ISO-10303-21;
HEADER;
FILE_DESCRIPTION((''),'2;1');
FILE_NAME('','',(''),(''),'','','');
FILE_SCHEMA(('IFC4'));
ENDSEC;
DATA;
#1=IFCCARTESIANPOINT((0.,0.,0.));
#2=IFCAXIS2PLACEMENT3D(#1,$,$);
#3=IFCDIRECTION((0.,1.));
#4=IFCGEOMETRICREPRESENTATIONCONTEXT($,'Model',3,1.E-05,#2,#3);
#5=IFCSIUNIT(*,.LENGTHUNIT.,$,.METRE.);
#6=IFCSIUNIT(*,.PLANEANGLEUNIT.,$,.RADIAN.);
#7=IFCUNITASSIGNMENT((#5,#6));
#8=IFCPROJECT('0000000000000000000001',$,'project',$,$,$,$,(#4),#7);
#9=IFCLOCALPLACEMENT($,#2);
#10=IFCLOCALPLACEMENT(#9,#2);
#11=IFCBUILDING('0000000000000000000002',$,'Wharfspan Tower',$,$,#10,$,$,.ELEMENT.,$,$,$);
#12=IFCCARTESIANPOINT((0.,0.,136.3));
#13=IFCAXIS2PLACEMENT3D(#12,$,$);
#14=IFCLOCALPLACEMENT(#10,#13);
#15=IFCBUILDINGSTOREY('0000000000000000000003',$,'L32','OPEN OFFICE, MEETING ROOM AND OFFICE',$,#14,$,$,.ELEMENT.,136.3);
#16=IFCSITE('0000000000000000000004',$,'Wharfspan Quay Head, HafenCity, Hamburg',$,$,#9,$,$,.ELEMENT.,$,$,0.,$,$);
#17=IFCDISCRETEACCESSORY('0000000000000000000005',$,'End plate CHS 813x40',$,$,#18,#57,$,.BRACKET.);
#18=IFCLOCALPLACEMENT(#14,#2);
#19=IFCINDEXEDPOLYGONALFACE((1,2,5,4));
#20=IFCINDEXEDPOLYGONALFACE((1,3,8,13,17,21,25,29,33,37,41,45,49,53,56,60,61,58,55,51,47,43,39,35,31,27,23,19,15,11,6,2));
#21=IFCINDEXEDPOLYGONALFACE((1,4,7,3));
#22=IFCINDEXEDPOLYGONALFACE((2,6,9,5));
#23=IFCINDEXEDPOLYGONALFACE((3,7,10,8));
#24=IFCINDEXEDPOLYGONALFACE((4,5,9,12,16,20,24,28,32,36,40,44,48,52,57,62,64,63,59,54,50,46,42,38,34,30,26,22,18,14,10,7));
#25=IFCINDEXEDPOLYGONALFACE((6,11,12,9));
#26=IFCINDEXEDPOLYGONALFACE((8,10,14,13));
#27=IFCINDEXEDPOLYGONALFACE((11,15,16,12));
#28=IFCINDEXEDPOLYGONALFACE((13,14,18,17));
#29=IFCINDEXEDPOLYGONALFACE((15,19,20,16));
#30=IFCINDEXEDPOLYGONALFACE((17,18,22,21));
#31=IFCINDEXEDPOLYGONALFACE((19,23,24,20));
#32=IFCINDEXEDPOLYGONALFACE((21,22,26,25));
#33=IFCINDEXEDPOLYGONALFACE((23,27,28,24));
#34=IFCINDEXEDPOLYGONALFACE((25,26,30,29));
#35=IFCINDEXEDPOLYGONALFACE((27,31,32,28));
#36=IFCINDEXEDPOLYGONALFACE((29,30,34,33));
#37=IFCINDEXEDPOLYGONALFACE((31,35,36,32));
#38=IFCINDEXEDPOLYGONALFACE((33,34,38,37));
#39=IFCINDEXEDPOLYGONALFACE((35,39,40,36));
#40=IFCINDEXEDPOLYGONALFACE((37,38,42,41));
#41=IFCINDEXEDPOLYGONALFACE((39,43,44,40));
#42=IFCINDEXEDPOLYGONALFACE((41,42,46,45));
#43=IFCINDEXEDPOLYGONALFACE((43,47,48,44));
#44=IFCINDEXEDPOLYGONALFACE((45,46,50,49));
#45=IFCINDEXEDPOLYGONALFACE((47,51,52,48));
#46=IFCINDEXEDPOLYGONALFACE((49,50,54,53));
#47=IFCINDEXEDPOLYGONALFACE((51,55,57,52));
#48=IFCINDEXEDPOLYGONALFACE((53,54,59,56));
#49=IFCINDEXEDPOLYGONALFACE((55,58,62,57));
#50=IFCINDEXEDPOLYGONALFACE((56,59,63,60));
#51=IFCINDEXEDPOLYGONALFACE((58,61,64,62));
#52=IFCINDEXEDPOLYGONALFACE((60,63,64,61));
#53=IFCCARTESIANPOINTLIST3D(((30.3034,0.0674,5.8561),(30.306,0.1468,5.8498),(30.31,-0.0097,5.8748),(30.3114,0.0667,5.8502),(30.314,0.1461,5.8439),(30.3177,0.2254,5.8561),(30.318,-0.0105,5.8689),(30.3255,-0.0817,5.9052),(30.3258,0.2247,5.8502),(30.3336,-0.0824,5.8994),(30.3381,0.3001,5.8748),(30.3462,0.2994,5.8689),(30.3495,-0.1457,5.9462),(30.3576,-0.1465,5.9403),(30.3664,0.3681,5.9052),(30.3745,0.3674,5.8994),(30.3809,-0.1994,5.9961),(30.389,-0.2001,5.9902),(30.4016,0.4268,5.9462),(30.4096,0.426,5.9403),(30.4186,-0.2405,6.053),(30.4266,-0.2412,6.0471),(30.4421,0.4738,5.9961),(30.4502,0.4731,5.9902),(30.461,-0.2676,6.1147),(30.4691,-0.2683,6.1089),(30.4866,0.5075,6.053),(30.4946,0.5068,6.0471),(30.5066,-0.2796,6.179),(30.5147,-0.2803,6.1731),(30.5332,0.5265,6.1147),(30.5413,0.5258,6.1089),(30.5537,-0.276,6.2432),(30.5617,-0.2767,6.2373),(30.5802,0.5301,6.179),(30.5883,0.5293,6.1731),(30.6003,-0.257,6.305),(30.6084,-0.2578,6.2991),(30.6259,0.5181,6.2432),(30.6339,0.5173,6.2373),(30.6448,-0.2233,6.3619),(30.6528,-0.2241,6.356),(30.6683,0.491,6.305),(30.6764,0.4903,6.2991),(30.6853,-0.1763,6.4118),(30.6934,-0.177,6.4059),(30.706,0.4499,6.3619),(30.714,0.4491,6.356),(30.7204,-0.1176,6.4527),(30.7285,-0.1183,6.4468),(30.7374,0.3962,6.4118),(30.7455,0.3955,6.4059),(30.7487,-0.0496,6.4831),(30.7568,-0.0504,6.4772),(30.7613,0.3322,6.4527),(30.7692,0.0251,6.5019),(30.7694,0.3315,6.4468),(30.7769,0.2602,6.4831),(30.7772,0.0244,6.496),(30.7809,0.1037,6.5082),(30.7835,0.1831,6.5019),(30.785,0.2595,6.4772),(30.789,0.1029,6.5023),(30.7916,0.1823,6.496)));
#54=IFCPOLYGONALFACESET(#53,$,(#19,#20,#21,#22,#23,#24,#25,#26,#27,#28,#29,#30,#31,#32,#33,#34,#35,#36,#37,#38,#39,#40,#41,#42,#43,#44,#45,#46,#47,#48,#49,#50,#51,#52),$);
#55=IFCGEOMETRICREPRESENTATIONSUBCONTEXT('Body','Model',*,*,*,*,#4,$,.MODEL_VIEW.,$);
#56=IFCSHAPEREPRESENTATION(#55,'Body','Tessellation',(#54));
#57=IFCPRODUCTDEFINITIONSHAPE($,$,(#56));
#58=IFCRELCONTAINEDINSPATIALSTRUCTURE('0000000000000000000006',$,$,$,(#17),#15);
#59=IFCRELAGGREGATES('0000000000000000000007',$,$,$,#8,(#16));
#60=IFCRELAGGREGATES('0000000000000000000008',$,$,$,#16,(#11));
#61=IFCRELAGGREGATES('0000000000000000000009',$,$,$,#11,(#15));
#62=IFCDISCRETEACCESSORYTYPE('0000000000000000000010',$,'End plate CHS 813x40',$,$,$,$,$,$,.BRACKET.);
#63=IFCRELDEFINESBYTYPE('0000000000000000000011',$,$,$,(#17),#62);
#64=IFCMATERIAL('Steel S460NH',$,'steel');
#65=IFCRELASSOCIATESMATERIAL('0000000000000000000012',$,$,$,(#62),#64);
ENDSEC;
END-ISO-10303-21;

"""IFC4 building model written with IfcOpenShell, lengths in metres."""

from ifc_helpers import new_model, si_unit, direction, frame, origin, origin_2d, place, context, subcontext, project, spatial, circle, extrude, material, material_profile, profile_set, type_object, element, save


model = new_model("IFC4")

# Units and contexts
model_context = context("Model", 3, precision=1e-05, world=origin(), true_north=direction((0.0, 1.0)))
body_context = subcontext(model_context, "Body", "Model", "MODEL_VIEW")
ifc_project = project(units=[si_unit("LENGTHUNIT", "METRE"), si_unit("PLANEANGLEUNIT", "RADIAN")], contexts=[model_context])

# Site, building, storey
site_placement = place(None, origin())
site = spatial("IfcSite", under=ifc_project, at=site_placement, Name="Wharfspan Quay Head, HafenCity, Hamburg", CompositionType="ELEMENT", RefElevation=0.0)
building_placement = place(site_placement, origin())
building = spatial("IfcBuilding", under=site, at=building_placement, Name="Wharfspan Tower", CompositionType="ELEMENT")
storey_placement = place(building_placement, frame((0.0, 0.0, 136.3)))
storey = spatial("IfcBuildingStorey", under=building, at=storey_placement, Name="L32", Description="OPEN OFFICE, MEETING ROOM AND OFFICE", CompositionType="ELEMENT", Elevation=136.3)

# Shared definitions
ifc_material_1 = material(Name="Steel S460NH", Category="steel")

# Discrete accessory
ifc_material_profile_1 = material_profile(ifc_material_1, circle(Radius=0.4065, at=origin_2d()))
ifc_profile_set_1 = profile_set([ifc_material_profile_1], Name="Steel S460NH")
discrete_accessory_type = type_object("IfcDiscreteAccessoryType", Name="End plate CHS 813x40", PredefinedType="BRACKET", material=ifc_profile_set_1)
for number, where, z_axis, x_axis, name in (
    (1, (30.5515, 0.1245, 6.1731), (-0.806559, 0.073324, 0.586588), (-0.090536, -0.99589, 0.0), "End plate CHS 813x40"),
):
    element("IfcDiscreteAccessory", number, at=place(storey_placement, frame(where, z_axis=z_axis, x_axis=x_axis)), inside=storey, type_object=discrete_accessory_type, Name=name, PredefinedType="BRACKET", context=body_context, shape_type="SweptSolid", body=[
        extrude(circle(Radius=0.4065, at=origin_2d()), origin(), (0.0, 0.0, 1.0), 0.01),
    ])

save(model, "model.ifc")
